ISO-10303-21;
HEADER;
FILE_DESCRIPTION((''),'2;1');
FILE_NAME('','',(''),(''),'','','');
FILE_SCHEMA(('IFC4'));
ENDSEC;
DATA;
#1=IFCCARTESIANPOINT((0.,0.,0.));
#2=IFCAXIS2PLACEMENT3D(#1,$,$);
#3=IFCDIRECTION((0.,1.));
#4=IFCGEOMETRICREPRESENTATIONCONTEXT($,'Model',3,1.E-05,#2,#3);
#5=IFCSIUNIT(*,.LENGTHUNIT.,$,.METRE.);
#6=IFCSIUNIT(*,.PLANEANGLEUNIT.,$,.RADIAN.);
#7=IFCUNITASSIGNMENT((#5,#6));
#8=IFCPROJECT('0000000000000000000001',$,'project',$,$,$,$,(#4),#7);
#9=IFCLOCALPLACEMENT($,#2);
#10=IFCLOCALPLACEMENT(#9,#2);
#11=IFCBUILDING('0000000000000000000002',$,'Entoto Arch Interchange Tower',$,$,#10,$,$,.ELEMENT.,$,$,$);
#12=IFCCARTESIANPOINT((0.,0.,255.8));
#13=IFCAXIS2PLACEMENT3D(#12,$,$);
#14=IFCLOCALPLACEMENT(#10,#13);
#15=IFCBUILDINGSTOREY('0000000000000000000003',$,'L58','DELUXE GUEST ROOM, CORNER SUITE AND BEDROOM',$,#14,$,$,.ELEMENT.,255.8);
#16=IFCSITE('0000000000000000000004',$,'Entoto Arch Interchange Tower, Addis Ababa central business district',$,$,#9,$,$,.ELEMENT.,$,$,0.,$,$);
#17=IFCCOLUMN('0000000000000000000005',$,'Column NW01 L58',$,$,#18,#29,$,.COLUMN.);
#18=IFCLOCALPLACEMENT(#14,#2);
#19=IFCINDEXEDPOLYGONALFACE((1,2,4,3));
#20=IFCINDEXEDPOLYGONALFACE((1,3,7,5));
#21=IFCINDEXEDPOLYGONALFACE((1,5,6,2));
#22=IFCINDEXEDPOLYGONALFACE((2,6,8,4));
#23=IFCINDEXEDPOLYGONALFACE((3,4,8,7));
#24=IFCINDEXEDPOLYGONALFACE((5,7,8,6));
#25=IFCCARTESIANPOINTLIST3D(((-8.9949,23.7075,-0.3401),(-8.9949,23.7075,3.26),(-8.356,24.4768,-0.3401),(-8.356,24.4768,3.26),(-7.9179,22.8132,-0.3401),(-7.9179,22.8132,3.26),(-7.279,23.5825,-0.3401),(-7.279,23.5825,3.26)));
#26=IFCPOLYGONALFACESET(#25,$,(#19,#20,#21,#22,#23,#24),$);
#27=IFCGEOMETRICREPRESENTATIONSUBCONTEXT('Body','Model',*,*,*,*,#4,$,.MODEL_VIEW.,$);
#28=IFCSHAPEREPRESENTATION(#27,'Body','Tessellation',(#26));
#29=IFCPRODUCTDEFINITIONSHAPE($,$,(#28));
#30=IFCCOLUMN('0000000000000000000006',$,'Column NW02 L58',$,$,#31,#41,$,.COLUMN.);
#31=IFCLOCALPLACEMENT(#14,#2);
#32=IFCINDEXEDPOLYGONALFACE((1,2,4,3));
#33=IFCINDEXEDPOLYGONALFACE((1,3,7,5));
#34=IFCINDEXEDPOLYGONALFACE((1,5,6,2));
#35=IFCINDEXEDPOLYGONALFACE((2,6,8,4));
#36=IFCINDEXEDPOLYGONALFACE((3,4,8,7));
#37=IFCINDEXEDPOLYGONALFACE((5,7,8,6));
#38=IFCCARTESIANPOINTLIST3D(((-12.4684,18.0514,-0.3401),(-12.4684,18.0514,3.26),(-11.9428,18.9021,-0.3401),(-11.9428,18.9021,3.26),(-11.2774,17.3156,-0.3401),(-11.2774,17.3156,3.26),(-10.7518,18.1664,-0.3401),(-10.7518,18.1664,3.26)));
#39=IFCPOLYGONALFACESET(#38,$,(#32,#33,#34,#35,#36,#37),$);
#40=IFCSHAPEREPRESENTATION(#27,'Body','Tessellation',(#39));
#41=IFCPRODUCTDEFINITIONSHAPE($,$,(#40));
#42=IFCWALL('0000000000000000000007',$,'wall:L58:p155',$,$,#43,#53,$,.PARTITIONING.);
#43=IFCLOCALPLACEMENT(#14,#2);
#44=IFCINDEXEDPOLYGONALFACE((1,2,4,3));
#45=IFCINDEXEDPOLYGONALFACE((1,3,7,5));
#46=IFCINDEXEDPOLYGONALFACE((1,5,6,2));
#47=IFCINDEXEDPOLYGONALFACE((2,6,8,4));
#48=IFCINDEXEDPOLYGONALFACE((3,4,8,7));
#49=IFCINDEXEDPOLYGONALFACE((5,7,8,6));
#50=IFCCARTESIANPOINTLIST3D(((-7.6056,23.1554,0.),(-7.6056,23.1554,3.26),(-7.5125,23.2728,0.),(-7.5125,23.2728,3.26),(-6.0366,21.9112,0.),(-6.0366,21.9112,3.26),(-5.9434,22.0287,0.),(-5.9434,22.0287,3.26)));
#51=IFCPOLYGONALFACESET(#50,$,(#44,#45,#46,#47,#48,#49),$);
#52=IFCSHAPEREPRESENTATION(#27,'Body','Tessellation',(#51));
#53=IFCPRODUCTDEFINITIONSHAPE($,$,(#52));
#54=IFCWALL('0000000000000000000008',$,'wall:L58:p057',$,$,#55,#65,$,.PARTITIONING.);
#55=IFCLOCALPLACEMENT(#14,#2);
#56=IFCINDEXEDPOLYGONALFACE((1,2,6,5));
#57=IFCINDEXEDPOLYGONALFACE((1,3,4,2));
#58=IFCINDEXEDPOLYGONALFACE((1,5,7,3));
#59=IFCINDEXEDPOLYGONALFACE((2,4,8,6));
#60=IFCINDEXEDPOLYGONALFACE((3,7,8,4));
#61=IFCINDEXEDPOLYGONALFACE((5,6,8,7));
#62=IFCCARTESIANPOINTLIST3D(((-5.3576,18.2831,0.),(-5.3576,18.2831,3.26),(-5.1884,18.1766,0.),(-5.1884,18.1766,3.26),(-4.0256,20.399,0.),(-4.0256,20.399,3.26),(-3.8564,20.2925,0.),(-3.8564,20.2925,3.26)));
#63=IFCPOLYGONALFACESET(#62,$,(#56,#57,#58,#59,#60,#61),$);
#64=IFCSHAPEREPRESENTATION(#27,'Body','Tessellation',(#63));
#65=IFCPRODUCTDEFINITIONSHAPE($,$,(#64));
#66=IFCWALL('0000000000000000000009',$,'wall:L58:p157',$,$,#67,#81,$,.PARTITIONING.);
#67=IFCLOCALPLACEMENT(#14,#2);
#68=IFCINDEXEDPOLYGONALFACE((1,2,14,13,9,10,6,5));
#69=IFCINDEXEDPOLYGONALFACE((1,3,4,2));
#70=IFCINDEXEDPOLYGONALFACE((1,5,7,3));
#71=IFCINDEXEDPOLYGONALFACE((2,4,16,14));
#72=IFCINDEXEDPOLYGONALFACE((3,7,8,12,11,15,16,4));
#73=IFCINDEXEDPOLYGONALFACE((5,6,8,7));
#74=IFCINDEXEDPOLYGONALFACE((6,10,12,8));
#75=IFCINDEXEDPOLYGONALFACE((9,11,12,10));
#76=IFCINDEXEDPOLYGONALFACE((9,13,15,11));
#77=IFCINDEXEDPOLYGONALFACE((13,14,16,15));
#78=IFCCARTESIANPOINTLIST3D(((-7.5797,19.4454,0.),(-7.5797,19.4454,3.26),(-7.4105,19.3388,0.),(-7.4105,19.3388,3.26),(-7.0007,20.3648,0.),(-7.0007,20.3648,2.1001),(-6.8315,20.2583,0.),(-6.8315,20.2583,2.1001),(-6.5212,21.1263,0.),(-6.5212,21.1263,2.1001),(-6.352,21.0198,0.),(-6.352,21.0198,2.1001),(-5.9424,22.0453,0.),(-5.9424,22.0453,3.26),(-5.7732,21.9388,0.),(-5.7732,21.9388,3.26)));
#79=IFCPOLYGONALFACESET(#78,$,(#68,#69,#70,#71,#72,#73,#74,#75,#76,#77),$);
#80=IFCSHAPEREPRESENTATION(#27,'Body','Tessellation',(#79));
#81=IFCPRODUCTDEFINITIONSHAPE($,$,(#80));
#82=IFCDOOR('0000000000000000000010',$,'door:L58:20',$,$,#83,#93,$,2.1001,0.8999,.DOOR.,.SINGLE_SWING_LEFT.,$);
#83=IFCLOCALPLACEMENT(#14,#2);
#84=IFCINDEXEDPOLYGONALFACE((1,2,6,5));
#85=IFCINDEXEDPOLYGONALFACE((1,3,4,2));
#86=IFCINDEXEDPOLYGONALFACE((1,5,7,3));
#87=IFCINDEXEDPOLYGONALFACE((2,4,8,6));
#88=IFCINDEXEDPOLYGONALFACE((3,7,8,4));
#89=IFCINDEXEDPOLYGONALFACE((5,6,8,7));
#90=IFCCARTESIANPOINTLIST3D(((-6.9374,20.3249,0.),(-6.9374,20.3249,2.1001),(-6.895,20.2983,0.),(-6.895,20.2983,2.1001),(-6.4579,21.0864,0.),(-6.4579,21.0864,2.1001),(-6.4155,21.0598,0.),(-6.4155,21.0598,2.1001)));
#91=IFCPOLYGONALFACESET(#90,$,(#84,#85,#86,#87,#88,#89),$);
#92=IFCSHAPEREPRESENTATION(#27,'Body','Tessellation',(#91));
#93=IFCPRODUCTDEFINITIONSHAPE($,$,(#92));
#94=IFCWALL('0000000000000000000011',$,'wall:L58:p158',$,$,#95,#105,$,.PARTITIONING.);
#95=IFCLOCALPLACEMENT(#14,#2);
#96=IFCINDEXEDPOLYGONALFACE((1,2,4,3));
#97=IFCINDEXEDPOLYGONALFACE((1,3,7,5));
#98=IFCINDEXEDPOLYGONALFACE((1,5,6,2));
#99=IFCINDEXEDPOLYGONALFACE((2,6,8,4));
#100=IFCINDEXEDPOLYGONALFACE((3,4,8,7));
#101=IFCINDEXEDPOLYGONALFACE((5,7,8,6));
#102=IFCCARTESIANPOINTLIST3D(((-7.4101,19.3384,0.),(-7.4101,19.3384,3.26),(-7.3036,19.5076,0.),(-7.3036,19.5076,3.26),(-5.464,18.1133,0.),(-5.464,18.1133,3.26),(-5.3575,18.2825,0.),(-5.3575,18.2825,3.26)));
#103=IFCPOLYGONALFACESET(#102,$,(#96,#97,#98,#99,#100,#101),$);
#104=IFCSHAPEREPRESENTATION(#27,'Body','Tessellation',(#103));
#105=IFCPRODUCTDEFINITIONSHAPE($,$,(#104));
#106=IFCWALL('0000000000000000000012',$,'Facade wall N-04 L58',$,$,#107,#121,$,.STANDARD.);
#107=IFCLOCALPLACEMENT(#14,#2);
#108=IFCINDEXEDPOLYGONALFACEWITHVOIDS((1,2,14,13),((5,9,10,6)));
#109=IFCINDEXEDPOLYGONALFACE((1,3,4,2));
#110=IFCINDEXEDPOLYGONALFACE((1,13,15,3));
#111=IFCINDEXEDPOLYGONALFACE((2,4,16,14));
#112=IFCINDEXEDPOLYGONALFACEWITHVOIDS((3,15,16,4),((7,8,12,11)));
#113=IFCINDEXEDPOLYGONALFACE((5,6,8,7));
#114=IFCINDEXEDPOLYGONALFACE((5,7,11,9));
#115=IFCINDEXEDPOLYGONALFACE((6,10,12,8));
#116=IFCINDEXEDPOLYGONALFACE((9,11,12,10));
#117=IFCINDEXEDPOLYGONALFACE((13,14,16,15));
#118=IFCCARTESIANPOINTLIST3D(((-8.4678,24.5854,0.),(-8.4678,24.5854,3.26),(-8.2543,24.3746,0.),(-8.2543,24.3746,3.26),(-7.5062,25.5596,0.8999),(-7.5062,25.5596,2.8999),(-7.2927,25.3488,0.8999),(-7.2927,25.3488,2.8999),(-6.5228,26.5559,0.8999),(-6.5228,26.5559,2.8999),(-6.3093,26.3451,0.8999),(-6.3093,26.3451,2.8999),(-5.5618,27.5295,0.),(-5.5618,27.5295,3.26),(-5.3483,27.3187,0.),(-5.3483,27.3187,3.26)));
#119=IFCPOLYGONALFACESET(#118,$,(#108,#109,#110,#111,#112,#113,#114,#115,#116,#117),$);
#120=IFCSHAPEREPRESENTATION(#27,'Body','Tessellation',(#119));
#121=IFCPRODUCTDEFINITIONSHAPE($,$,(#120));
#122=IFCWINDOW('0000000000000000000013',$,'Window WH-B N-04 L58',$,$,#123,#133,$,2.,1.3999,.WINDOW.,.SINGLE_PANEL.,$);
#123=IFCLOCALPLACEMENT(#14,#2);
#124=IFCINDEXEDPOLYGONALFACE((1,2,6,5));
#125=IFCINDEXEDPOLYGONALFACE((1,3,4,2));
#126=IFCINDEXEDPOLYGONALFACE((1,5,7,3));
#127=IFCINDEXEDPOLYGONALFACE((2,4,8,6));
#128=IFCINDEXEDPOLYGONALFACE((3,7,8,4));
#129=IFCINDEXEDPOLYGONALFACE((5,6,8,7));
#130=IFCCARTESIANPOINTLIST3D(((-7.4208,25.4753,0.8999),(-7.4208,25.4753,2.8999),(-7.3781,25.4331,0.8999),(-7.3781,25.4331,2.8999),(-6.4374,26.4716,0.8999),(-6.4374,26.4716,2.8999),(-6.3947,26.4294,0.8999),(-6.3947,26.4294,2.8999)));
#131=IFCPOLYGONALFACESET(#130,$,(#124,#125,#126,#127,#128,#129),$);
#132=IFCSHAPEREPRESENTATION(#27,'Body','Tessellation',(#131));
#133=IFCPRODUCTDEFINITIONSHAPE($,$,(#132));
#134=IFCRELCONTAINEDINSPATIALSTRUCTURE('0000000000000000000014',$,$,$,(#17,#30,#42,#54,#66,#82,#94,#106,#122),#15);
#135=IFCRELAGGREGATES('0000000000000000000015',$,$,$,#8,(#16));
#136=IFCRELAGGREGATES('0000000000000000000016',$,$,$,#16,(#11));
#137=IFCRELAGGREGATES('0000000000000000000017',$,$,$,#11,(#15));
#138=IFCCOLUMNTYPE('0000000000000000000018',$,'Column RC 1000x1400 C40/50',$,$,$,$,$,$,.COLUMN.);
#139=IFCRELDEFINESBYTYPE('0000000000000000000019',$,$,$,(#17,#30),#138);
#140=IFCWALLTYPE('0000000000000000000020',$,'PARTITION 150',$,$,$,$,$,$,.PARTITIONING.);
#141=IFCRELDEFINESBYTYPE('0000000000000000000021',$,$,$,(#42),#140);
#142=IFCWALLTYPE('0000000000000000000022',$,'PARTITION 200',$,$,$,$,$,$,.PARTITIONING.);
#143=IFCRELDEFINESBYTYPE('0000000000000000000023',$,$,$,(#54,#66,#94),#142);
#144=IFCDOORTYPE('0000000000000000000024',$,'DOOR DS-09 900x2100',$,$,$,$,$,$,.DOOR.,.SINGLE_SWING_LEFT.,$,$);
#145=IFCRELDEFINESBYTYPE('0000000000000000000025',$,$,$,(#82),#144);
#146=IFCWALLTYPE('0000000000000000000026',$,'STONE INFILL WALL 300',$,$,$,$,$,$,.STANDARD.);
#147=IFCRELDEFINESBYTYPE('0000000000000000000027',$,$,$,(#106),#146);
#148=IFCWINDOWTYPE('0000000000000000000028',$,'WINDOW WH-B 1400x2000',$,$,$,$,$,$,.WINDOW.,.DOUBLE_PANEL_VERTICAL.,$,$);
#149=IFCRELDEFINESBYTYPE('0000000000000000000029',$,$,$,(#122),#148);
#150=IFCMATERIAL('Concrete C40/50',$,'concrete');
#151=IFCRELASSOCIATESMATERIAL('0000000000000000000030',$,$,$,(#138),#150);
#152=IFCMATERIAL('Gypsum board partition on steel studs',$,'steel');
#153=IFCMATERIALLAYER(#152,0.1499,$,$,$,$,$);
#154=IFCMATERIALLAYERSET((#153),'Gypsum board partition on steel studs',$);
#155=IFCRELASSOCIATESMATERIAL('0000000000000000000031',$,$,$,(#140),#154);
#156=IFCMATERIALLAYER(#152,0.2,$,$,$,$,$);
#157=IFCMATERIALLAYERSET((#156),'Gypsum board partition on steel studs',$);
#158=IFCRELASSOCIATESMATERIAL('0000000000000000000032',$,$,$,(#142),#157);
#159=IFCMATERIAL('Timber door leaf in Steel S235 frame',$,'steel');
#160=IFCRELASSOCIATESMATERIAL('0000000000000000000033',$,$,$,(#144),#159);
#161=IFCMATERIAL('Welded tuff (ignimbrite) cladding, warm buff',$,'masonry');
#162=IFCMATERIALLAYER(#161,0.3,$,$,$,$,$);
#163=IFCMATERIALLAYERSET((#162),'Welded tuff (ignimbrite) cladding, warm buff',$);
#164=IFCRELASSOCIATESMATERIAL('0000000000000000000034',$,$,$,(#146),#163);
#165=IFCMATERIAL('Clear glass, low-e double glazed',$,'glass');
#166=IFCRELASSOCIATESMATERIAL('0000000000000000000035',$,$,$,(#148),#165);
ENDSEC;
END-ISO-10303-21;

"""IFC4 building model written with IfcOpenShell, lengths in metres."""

from ifc_helpers import new_model, si_unit, direction, frame, frame_2d, origin, origin_2d, place, context, subcontext, project, spatial, rectangle, extrude, material, layer, layer_set, material_profile, profile_set, type_object, element, fill, save


model = new_model("IFC4")

# Units and contexts
model_context = context("Model", 3, precision=1e-05, world=origin(), true_north=direction((0.0, 1.0)))
body_context = subcontext(model_context, "Body", "Model", "MODEL_VIEW")
ifc_project = project(units=[si_unit("LENGTHUNIT", "METRE"), si_unit("PLANEANGLEUNIT", "RADIAN")], contexts=[model_context])

# Site, building, storey
site_placement = place(None, origin())
site = spatial("IfcSite", under=ifc_project, at=site_placement, Name="Entoto Arch Interchange Tower, Addis Ababa central business district", CompositionType="ELEMENT", RefElevation=0.0)
building_placement = place(site_placement, origin())
building = spatial("IfcBuilding", under=site, at=building_placement, Name="Entoto Arch Interchange Tower", CompositionType="ELEMENT")
storey_placement = place(building_placement, frame((0.0, 0.0, 255.8)))
storey = spatial("IfcBuildingStorey", under=building, at=storey_placement, Name="L58", Description="DELUXE GUEST ROOM, CORNER SUITE AND BEDROOM", CompositionType="ELEMENT", Elevation=255.8)

# Columns
ifc_material_1 = material(Name="Concrete C40/50", Category="concrete")
ifc_material_profile = material_profile(ifc_material_1, rectangle(XDim=1.0, YDim=1.3999, at=origin_2d()))
ifc_profile_set = profile_set([ifc_material_profile], Name="Concrete C40/50")
column_type = type_object("IfcColumnType", Name="Column RC 1000x1400 C40/50", PredefinedType="COLUMN", material=ifc_profile_set)
for number, where, z_axis, x_axis, name in (
    (1, (-8.137, 23.645, -0.3401), (0.0, 0.0, 1.0), (0.638835, 0.769344, 0.0), "Column NW01 L58"),
    (2, (-11.6101, 18.1089, -0.3401), (0.0, 0.0, 1.0), (0.525576, 0.850747, 0.0), "Column NW02 L58"),
):
    element("IfcColumn", number, at=place(storey_placement, frame(where, z_axis=z_axis, x_axis=x_axis)), inside=storey, type_object=column_type, Name=name, PredefinedType="COLUMN", context=body_context, shape_type="SweptSolid", body=[
        extrude(rectangle(XDim=1.0, YDim=1.3999, at=origin_2d()), origin(), (0.0, 0.0, 1.0), 3.6001),
    ])

# Walls
ifc_material_2 = material(Name="Gypsum board partition on steel studs", Category="steel")
ifc_layer_1 = layer(ifc_material_2, 0.1499)
ifc_layer_set_1 = layer_set([ifc_layer_1], Name="Gypsum board partition on steel studs")
wall_type_1 = type_object("IfcWallType", Name="PARTITION 150", PredefinedType="PARTITIONING", material=ifc_layer_set_1)
wall_1_placement = place(storey_placement, frame((-5.99, 21.97, 0.0), z_axis=(0.0, 0.0, 1.0), x_axis=(-0.783573, 0.621299, 0.0)))
element("IfcWall", 3, at=wall_1_placement, inside=storey, type_object=wall_type_1, Name="wall:L58:p155", PredefinedType="PARTITIONING", context=body_context, shape_type="SweptSolid", body=[
    extrude(rectangle(XDim=2.0024, YDim=0.1499, at=frame_2d((1.0012, 0.0))), origin(), (0.0, 0.0, 1.0), 3.26),
])
ifc_layer_2 = layer(ifc_material_2, 0.2)
ifc_layer_set_2 = layer_set([ifc_layer_2], Name="Gypsum board partition on steel studs")
wall_type_2 = type_object("IfcWallType", Name="PARTITION 200", PredefinedType="PARTITIONING", material=ifc_layer_set_2)
wall_2_placement = place(storey_placement, frame((-5.2729, 18.23, 0.0), z_axis=(0.0, 0.0, 1.0), x_axis=(0.532743, 0.846277, 0.0)))
element("IfcWall", 4, at=wall_2_placement, inside=storey, type_object=wall_type_2, Name="wall:L58:p057", PredefinedType="PARTITIONING", context=body_context, shape_type="SweptSolid", body=[
    extrude(rectangle(XDim=2.5002, YDim=0.2, at=frame_2d((1.25, 0.0))), origin(), (0.0, 0.0, 1.0), 3.26),
])

# Wall, opening, door
wall_3_placement = place(storey_placement, frame((-5.8579, 21.9919, 0.0), z_axis=(0.0, 0.0, 1.0), x_axis=(-0.532874, -0.846194, 0.0)))
wall_3 = element("IfcWall", 5, at=wall_3_placement, inside=storey, type_object=wall_type_2, Name="wall:L58:p157", PredefinedType="PARTITIONING", context=body_context, shape_type="SweptSolid", body=[
    extrude(rectangle(XDim=3.0725, YDim=0.2, at=frame_2d((1.5361, 0.0))), origin(), (0.0, 0.0, 1.0), 3.26),
])
opening_1_placement = place(wall_3_placement, frame((1.0859, 0.0, 0.0)))
opening_1 = element("IfcOpeningElement", 6, at=opening_1_placement, cuts=wall_3, PredefinedType="OPENING", context=body_context, shape_type="SweptSolid", body=[
    extrude(rectangle(XDim=0.8999, YDim=2.1001, at=frame_2d((0.45, 1.05))), frame((0.0, 0.1099, 0.0), z_axis=(0.0, -1.0, 0.0), x_axis=(1.0, 0.0, 0.0)), (0.0, 0.0, 1.0), 0.22),
])
ifc_material_3 = material(Name="Timber door leaf in Steel S235 frame", Category="steel")
door_type = type_object("IfcDoorType", Name="DOOR DS-09 900x2100", OperationType="SINGLE_SWING_LEFT", PredefinedType="DOOR", material=ifc_material_3)
door_placement = place(opening_1_placement, origin())
door = element("IfcDoor", 7, at=door_placement, inside=storey, type_object=door_type, Name="door:L58:20", OperationType="SINGLE_SWING_LEFT", OverallHeight=2.1001, OverallWidth=0.8999, PredefinedType="DOOR", context=body_context, shape_type="SweptSolid", body=[
    extrude(rectangle(XDim=0.8999, YDim=2.1001, at=frame_2d((0.45, 1.05))), frame((0.0, 0.0249, 0.0), z_axis=(0.0, -1.0, 0.0), x_axis=(1.0, 0.0, 0.0)), (0.0, 0.0, 1.0), 0.05),
])
fill(opening_1, door)

# Wall
wall_4_placement = place(storey_placement, frame((-7.3569, 19.4231, 0.0), z_axis=(0.0, 0.0, 1.0), x_axis=(0.84627, -0.532754, 0.0)))
element("IfcWall", 8, at=wall_4_placement, inside=storey, type_object=wall_type_2, Name="wall:L58:p158", PredefinedType="PARTITIONING", context=body_context, shape_type="SweptSolid", body=[
    extrude(rectangle(XDim=2.2996, YDim=0.2, at=frame_2d((1.1499, 0.0))), origin(), (0.0, 0.0, 1.0), 3.26),
])

# Wall, opening, window
ifc_material_4 = material(Name="Welded tuff (ignimbrite) cladding, warm buff", Category="masonry")
ifc_layer_3 = layer(ifc_material_4, 0.3)
ifc_layer_set_3 = layer_set([ifc_layer_3], Name="Welded tuff (ignimbrite) cladding, warm buff")
wall_type_3 = type_object("IfcWallType", Name="STONE INFILL WALL 300", PredefinedType="STANDARD", material=ifc_layer_set_3)
wall_5_placement = place(storey_placement, frame((-5.4551, 27.4241, 0.0), z_axis=(0.0, 0.0, 1.0), x_axis=(-0.702488, -0.711695, 0.0)))
wall_5 = element("IfcWall", 9, at=wall_5_placement, inside=storey, type_object=wall_type_3, Name="Facade wall N-04 L58", PredefinedType="STANDARD", context=body_context, shape_type="SweptSolid", body=[
    extrude(rectangle(XDim=4.1367, YDim=0.3, at=frame_2d((2.0684, 0.0))), origin(), (0.0, 0.0, 1.0), 3.26),
])
opening_2_placement = place(wall_5_placement, frame((1.3679, 0.0, 0.8999)))
opening_2 = element("IfcOpeningElement", 10, at=opening_2_placement, cuts=wall_5, PredefinedType="OPENING", context=body_context, shape_type="SweptSolid", body=[
    extrude(rectangle(XDim=1.3999, YDim=2.0, at=frame_2d((0.7, 1.0))), frame((0.0, 0.1602, 0.0), z_axis=(0.0, -1.0, 0.0), x_axis=(1.0, 0.0, 0.0)), (0.0, 0.0, 1.0), 0.3201),
])
ifc_material_5 = material(Name="Clear glass, low-e double glazed", Category="glass")
window_type_1 = type_object("IfcWindowType", Name="WINDOW WH-B 1400x2000", PartitioningType="DOUBLE_PANEL_VERTICAL", PredefinedType="WINDOW", material=ifc_material_5)
window_1_placement = place(opening_2_placement, origin())
window_1 = element("IfcWindow", 11, at=window_1_placement, inside=storey, type_object=window_type_1, Name="Window WH-B N-04 L58", OverallHeight=2.0, OverallWidth=1.3999, PartitioningType="SINGLE_PANEL", PredefinedType="WINDOW", context=body_context, shape_type="SweptSolid", body=[
    extrude(rectangle(XDim=1.3999, YDim=2.0, at=frame_2d((0.7, 1.0))), frame((0.0, 0.03, 0.0), z_axis=(0.0, -1.0, 0.0), x_axis=(1.0, 0.0, 0.0)), (0.0, 0.0, 1.0), 0.0601),
])
fill(opening_2, window_1)

save(model, "model.ifc")
